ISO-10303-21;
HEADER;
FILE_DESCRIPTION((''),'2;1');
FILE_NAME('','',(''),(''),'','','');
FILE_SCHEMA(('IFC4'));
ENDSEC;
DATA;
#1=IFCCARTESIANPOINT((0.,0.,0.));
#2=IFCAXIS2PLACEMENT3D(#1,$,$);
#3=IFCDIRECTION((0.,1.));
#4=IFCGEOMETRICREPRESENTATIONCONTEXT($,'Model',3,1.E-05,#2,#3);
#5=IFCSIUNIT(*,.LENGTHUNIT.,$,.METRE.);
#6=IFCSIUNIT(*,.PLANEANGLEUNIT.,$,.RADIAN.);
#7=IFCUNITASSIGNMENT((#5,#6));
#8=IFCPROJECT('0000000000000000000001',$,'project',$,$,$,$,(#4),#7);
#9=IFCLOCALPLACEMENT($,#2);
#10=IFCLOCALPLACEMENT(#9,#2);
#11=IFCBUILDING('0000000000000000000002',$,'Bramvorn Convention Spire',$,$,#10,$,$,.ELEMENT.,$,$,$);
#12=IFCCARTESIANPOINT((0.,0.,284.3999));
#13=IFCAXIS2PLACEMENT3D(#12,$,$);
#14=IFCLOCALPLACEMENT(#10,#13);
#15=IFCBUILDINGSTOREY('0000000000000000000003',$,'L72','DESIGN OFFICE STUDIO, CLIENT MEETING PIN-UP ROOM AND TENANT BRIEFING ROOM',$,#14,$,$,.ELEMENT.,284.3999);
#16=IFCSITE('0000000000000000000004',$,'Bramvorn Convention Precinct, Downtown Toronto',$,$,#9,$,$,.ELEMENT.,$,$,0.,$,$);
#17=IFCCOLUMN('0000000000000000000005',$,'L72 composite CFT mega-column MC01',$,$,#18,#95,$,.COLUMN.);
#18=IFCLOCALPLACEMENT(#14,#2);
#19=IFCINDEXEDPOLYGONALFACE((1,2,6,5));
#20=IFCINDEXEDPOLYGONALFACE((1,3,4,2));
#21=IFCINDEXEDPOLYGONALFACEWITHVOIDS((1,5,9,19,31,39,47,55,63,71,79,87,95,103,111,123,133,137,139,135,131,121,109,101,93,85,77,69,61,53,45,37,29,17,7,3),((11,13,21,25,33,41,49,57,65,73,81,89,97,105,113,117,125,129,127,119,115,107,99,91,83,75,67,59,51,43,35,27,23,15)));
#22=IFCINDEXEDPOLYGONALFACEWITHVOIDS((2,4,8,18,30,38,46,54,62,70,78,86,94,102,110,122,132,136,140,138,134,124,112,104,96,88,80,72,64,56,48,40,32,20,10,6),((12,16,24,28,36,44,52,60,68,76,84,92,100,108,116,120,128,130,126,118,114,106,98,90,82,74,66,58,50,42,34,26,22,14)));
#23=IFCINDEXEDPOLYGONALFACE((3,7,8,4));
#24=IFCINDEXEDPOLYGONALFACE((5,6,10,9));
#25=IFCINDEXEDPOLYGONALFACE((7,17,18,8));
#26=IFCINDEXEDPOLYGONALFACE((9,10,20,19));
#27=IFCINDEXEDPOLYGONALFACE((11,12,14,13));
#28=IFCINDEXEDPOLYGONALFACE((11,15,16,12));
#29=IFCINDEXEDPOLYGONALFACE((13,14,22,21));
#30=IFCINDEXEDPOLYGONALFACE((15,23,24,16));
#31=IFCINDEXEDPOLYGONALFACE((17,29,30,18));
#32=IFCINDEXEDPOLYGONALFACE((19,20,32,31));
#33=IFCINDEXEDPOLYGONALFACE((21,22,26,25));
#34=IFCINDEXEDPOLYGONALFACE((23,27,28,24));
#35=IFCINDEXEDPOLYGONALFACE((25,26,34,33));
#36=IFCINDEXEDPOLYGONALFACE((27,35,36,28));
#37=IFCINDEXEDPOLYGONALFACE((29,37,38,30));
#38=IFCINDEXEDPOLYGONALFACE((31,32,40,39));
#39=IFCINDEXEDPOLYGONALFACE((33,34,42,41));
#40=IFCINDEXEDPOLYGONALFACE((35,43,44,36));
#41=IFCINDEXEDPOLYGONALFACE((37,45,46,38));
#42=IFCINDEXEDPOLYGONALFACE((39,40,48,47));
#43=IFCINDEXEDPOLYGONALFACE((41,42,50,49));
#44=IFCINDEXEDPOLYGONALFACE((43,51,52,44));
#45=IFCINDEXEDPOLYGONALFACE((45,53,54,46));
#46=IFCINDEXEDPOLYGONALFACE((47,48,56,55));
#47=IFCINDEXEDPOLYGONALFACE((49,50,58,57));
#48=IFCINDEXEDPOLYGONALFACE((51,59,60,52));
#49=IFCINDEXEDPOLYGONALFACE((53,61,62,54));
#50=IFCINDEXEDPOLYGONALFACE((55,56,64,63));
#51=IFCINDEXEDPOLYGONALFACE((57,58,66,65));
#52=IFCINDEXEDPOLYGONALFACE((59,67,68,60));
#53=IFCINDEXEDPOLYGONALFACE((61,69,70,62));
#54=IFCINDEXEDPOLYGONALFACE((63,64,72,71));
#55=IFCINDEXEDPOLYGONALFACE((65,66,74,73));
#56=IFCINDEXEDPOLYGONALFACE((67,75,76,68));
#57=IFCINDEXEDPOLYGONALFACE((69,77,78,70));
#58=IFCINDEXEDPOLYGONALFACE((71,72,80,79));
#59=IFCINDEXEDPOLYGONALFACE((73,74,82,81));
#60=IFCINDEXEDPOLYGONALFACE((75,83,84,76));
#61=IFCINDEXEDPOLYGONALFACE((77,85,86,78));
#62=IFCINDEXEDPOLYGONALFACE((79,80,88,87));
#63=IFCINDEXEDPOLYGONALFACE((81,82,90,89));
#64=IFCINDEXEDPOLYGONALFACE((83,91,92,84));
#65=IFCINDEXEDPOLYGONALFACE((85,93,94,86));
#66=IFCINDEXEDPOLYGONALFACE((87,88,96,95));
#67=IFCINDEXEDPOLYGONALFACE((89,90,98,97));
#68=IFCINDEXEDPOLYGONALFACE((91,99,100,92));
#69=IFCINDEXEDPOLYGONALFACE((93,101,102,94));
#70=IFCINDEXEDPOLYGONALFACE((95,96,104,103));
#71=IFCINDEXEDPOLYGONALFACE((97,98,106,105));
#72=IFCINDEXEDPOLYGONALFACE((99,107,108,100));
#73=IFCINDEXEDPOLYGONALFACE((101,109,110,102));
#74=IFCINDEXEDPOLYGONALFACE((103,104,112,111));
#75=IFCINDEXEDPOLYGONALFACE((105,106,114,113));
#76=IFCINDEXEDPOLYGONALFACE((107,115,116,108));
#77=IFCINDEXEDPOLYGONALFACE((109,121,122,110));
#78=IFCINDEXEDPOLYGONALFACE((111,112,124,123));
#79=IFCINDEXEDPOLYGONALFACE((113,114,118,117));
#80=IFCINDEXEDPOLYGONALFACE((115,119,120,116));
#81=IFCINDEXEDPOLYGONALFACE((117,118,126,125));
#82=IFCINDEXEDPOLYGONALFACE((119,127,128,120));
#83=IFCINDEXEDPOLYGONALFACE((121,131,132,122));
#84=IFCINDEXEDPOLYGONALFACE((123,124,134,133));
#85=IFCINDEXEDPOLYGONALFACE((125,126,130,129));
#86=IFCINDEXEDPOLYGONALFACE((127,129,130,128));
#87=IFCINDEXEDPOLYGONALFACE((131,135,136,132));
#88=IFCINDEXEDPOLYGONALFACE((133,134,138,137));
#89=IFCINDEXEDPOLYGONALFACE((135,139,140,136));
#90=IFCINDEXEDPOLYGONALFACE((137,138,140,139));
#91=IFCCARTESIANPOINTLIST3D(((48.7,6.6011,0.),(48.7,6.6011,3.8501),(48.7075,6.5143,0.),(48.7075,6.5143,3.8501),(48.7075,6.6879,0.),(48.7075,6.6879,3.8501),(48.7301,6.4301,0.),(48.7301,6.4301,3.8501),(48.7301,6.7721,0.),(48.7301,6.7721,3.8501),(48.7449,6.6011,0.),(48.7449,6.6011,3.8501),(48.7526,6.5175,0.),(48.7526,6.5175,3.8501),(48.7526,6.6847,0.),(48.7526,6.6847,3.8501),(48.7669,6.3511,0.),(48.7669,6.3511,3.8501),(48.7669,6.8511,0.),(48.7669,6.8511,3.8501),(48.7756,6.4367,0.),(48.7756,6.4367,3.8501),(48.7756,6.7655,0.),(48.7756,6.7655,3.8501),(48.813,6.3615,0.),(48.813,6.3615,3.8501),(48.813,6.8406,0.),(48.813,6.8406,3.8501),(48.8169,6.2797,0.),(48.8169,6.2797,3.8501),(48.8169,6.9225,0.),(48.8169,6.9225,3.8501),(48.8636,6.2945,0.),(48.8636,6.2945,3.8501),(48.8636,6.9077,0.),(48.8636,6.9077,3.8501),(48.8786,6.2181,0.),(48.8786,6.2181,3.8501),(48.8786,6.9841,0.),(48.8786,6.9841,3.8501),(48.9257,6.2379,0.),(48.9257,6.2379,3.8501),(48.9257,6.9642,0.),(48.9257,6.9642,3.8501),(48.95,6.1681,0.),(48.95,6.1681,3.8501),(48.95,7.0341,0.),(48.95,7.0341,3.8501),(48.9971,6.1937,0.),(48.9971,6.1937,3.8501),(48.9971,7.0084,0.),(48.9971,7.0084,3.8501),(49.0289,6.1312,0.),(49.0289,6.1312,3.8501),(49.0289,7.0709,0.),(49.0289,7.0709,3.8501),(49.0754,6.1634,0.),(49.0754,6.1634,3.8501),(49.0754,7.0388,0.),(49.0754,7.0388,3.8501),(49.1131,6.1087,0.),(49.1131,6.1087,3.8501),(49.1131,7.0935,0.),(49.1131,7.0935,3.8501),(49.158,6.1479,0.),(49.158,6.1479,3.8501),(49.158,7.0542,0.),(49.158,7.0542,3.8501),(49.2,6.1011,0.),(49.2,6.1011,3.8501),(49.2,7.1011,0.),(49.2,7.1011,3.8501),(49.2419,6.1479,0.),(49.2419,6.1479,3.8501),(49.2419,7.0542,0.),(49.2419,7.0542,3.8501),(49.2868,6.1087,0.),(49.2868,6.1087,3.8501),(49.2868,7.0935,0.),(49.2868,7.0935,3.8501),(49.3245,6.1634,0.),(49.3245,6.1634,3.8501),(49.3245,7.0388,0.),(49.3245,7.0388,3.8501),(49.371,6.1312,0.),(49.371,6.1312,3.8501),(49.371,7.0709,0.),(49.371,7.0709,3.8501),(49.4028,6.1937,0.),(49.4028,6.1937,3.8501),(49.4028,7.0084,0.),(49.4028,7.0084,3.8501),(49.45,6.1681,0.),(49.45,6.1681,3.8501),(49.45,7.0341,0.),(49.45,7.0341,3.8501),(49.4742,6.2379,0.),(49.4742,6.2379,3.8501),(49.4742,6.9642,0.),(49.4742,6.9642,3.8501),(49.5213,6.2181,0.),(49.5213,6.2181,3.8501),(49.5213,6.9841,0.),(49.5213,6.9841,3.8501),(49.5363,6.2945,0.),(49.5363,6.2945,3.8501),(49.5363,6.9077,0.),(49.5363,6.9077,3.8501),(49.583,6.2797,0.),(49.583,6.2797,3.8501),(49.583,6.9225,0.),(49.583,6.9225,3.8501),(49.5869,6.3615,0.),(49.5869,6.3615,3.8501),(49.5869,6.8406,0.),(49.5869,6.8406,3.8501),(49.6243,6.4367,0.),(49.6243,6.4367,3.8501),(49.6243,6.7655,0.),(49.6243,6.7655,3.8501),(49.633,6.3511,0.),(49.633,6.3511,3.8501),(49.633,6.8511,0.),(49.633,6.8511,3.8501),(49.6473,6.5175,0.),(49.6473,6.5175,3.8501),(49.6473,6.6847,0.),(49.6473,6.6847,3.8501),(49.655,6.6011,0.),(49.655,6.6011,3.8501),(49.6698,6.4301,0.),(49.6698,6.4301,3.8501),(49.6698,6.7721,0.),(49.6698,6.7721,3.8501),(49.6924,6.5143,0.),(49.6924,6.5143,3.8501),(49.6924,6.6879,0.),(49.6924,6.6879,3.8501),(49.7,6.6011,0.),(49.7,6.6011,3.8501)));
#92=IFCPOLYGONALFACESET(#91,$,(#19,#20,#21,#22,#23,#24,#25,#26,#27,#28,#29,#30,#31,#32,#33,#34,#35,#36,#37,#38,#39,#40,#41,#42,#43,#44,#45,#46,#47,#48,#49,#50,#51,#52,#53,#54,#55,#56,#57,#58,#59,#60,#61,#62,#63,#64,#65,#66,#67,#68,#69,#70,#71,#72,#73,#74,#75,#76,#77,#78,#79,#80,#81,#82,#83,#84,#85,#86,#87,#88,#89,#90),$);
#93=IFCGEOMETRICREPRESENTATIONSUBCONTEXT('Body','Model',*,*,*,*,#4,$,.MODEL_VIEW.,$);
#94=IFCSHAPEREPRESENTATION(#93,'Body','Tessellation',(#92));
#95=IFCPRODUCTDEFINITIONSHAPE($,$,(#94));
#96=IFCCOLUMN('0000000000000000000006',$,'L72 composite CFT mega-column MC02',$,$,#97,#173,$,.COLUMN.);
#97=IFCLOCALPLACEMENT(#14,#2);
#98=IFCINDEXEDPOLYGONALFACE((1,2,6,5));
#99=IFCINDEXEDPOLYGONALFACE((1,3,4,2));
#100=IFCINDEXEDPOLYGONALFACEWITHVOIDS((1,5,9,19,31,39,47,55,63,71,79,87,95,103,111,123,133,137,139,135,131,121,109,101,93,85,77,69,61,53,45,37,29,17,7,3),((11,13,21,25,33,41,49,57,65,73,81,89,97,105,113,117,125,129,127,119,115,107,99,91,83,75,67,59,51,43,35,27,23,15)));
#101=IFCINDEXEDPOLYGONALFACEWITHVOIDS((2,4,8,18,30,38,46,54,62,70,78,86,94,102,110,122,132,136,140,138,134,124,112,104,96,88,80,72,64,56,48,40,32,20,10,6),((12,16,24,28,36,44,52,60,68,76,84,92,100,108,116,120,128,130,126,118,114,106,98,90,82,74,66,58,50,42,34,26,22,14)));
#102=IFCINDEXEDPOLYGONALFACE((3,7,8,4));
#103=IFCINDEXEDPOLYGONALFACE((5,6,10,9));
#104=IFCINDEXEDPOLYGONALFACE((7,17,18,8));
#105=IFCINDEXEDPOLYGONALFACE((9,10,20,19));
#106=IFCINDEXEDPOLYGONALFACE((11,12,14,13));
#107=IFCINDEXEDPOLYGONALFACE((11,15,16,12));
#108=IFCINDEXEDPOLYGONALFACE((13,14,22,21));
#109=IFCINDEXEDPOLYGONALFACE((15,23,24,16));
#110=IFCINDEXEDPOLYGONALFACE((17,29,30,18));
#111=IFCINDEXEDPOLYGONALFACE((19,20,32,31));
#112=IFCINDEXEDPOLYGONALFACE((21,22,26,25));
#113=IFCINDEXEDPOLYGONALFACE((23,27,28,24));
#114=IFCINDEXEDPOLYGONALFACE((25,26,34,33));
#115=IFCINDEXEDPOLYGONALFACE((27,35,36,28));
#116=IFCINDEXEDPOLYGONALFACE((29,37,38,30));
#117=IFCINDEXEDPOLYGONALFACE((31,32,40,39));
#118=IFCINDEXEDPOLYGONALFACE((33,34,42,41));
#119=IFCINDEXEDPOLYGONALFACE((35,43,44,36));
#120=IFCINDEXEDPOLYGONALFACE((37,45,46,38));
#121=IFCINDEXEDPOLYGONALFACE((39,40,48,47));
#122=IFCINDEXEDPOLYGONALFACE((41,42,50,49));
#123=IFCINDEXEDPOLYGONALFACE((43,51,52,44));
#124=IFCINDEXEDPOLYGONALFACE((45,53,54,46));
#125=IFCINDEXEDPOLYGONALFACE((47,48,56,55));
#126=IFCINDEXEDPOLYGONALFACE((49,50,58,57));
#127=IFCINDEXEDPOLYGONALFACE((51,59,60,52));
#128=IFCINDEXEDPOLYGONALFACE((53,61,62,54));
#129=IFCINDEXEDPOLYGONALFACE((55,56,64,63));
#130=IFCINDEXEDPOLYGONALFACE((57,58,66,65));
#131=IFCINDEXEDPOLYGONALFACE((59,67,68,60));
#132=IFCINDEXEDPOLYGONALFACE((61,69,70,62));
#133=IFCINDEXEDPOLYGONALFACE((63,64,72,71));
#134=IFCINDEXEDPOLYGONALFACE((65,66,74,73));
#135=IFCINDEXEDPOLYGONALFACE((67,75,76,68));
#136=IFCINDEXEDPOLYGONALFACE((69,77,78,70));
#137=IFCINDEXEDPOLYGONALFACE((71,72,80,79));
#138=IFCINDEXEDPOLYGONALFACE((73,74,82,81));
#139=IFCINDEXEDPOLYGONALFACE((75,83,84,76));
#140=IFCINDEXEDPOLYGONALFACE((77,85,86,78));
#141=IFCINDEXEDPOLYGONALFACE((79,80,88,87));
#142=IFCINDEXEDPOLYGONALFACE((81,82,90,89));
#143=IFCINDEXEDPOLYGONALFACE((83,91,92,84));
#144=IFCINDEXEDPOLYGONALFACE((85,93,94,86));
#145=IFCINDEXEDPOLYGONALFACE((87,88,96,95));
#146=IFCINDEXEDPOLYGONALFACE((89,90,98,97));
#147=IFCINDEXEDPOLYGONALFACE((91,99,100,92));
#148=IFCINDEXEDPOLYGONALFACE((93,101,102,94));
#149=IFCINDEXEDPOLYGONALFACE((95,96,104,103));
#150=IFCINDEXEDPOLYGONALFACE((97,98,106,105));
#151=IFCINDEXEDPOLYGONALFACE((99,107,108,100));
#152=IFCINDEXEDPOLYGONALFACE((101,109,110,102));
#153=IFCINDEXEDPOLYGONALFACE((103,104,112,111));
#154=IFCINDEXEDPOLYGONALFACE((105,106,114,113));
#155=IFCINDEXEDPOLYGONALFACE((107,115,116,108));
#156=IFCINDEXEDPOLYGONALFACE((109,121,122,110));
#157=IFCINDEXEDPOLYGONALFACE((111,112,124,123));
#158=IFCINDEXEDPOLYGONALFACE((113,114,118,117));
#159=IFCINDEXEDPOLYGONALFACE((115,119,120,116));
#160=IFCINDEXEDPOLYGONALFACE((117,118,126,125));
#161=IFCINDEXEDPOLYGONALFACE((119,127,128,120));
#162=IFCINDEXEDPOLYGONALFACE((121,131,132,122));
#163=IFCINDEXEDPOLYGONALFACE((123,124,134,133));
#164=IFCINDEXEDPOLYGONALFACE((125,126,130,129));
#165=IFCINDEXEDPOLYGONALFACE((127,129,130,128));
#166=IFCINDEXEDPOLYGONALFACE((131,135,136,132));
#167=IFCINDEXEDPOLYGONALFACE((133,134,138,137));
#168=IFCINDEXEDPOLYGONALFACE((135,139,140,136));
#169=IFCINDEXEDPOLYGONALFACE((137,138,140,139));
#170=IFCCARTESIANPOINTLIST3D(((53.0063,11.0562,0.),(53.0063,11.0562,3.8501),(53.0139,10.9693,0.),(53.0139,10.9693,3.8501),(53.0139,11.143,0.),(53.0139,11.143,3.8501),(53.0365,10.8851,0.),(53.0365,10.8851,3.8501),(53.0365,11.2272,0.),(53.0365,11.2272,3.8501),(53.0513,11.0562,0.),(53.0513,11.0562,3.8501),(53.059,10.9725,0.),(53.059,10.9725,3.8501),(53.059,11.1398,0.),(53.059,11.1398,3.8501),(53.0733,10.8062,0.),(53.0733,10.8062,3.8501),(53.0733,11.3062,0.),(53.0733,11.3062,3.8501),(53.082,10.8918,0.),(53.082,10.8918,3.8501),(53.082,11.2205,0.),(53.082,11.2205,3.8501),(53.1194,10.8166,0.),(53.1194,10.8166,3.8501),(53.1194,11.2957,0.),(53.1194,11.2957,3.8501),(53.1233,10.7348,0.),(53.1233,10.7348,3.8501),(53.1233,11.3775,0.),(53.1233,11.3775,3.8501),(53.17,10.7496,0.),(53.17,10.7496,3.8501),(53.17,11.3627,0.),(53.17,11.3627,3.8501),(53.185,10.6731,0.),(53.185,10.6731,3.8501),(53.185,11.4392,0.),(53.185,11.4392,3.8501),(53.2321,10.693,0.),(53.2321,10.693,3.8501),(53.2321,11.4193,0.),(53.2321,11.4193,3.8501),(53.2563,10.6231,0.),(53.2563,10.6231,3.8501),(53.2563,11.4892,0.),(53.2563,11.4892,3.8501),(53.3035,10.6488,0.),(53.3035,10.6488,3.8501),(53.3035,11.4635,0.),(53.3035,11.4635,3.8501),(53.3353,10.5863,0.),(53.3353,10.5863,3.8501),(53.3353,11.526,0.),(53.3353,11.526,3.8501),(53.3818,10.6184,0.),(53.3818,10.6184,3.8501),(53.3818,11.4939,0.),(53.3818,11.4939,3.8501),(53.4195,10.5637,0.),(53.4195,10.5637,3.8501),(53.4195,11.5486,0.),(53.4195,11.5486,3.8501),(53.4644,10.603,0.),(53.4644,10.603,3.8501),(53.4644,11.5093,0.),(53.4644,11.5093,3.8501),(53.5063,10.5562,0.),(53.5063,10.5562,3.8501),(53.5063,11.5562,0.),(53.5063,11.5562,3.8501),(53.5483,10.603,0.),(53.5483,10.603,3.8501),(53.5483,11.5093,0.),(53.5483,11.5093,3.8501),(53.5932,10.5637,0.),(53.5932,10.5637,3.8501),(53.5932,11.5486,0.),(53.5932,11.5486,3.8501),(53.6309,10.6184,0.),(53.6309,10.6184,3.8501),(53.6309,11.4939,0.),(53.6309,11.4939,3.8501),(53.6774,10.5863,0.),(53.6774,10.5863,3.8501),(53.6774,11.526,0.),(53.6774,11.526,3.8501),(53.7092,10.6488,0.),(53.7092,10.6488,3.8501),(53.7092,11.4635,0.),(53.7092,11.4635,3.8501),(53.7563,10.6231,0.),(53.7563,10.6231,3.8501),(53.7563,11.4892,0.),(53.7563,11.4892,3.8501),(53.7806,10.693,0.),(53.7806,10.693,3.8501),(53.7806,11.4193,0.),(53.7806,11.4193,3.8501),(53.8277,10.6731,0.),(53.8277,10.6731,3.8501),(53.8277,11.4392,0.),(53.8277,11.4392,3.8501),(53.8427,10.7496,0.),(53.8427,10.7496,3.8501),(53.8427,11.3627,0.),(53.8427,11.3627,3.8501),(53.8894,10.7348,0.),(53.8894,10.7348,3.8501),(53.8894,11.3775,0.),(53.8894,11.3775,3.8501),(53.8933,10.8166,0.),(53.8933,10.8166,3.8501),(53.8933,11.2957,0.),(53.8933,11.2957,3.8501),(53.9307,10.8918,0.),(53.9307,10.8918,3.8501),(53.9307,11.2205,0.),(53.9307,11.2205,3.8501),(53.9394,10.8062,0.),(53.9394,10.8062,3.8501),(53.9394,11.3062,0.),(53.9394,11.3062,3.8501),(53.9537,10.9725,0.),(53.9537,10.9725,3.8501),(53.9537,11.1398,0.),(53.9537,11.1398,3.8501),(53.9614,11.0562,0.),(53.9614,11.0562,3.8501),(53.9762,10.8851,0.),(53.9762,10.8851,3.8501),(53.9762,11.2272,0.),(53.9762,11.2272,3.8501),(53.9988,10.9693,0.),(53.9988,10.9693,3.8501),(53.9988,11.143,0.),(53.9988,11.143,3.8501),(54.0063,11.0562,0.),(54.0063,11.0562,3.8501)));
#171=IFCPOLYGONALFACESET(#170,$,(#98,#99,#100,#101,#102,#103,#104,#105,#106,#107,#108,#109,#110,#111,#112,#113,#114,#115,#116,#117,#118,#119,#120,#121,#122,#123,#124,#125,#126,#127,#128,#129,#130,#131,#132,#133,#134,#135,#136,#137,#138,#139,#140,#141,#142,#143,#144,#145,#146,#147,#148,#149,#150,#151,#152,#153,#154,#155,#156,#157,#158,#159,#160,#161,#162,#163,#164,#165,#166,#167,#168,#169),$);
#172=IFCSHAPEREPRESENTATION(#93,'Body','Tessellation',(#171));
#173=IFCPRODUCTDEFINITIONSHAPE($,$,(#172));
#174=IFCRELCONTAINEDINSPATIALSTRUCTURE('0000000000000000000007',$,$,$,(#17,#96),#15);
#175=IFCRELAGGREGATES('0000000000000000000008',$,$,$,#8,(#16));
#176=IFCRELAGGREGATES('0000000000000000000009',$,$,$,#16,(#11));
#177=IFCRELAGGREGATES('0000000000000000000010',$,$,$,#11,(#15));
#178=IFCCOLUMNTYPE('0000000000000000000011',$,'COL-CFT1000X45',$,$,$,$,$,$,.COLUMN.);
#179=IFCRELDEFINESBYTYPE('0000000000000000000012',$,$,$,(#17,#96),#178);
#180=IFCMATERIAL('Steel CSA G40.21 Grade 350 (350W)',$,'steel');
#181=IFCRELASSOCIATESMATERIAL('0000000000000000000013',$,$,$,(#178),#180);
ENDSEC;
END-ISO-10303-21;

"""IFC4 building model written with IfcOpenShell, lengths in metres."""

from ifc_helpers import new_model, si_unit, direction, frame, origin, origin_2d, place, context, subcontext, project, spatial, hollow_circle, extrude, material, material_profile, profile_set, type_object, element, save


model = new_model("IFC4")

# Units and contexts
model_context = context("Model", 3, precision=1e-05, world=origin(), true_north=direction((0.0, 1.0)))
body_context = subcontext(model_context, "Body", "Model", "MODEL_VIEW")
ifc_project = project(units=[si_unit("LENGTHUNIT", "METRE"), si_unit("PLANEANGLEUNIT", "RADIAN")], contexts=[model_context])

# Site, building, storey
site_placement = place(None, origin())
site = spatial("IfcSite", under=ifc_project, at=site_placement, Name="Bramvorn Convention Precinct, Downtown Toronto", CompositionType="ELEMENT", RefElevation=0.0)
building_placement = place(site_placement, origin())
building = spatial("IfcBuilding", under=site, at=building_placement, Name="Bramvorn Convention Spire", CompositionType="ELEMENT")
storey_placement = place(building_placement, frame((0.0, 0.0, 284.3999)))
storey = spatial("IfcBuildingStorey", under=building, at=storey_placement, Name="L72", Description="DESIGN OFFICE STUDIO, CLIENT MEETING PIN-UP ROOM AND TENANT BRIEFING ROOM", CompositionType="ELEMENT", Elevation=284.3999)

# Columns
ifc_material_1 = material(Name="Steel CSA G40.21 Grade 350 (350W)", Category="steel")
ifc_material_profile_1 = material_profile(ifc_material_1, hollow_circle(Radius=0.5, WallThickness=0.0449, at=origin_2d()))
ifc_profile_set_1 = profile_set([ifc_material_profile_1], Name="Steel CSA G40.21 Grade 350 (350W) - CFT1000X45")
column_type = type_object("IfcColumnType", Name="COL-CFT1000X45", PredefinedType="COLUMN", material=ifc_profile_set_1)
for number, where, z_axis, x_axis, name in (
    (1, (49.2, 6.6011, 0.0), (0.0, 0.0, 1.0), (1.0, 0.0, 0.0), "L72 composite CFT mega-column MC01"),
    (2, (53.5063, 11.0562, 0.0), (0.0, 0.0, 1.0), (1.0, 0.0, 0.0), "L72 composite CFT mega-column MC02"),
):
    element("IfcColumn", number, at=place(storey_placement, frame(where, z_axis=z_axis, x_axis=x_axis)), inside=storey, type_object=column_type, Name=name, PredefinedType="COLUMN", context=body_context, shape_type="SweptSolid", body=[
        extrude(hollow_circle(Radius=0.5, WallThickness=0.0449, at=origin_2d()), origin(), (0.0, 0.0, 1.0), 3.8501),
    ])

save(model, "model.ifc")
